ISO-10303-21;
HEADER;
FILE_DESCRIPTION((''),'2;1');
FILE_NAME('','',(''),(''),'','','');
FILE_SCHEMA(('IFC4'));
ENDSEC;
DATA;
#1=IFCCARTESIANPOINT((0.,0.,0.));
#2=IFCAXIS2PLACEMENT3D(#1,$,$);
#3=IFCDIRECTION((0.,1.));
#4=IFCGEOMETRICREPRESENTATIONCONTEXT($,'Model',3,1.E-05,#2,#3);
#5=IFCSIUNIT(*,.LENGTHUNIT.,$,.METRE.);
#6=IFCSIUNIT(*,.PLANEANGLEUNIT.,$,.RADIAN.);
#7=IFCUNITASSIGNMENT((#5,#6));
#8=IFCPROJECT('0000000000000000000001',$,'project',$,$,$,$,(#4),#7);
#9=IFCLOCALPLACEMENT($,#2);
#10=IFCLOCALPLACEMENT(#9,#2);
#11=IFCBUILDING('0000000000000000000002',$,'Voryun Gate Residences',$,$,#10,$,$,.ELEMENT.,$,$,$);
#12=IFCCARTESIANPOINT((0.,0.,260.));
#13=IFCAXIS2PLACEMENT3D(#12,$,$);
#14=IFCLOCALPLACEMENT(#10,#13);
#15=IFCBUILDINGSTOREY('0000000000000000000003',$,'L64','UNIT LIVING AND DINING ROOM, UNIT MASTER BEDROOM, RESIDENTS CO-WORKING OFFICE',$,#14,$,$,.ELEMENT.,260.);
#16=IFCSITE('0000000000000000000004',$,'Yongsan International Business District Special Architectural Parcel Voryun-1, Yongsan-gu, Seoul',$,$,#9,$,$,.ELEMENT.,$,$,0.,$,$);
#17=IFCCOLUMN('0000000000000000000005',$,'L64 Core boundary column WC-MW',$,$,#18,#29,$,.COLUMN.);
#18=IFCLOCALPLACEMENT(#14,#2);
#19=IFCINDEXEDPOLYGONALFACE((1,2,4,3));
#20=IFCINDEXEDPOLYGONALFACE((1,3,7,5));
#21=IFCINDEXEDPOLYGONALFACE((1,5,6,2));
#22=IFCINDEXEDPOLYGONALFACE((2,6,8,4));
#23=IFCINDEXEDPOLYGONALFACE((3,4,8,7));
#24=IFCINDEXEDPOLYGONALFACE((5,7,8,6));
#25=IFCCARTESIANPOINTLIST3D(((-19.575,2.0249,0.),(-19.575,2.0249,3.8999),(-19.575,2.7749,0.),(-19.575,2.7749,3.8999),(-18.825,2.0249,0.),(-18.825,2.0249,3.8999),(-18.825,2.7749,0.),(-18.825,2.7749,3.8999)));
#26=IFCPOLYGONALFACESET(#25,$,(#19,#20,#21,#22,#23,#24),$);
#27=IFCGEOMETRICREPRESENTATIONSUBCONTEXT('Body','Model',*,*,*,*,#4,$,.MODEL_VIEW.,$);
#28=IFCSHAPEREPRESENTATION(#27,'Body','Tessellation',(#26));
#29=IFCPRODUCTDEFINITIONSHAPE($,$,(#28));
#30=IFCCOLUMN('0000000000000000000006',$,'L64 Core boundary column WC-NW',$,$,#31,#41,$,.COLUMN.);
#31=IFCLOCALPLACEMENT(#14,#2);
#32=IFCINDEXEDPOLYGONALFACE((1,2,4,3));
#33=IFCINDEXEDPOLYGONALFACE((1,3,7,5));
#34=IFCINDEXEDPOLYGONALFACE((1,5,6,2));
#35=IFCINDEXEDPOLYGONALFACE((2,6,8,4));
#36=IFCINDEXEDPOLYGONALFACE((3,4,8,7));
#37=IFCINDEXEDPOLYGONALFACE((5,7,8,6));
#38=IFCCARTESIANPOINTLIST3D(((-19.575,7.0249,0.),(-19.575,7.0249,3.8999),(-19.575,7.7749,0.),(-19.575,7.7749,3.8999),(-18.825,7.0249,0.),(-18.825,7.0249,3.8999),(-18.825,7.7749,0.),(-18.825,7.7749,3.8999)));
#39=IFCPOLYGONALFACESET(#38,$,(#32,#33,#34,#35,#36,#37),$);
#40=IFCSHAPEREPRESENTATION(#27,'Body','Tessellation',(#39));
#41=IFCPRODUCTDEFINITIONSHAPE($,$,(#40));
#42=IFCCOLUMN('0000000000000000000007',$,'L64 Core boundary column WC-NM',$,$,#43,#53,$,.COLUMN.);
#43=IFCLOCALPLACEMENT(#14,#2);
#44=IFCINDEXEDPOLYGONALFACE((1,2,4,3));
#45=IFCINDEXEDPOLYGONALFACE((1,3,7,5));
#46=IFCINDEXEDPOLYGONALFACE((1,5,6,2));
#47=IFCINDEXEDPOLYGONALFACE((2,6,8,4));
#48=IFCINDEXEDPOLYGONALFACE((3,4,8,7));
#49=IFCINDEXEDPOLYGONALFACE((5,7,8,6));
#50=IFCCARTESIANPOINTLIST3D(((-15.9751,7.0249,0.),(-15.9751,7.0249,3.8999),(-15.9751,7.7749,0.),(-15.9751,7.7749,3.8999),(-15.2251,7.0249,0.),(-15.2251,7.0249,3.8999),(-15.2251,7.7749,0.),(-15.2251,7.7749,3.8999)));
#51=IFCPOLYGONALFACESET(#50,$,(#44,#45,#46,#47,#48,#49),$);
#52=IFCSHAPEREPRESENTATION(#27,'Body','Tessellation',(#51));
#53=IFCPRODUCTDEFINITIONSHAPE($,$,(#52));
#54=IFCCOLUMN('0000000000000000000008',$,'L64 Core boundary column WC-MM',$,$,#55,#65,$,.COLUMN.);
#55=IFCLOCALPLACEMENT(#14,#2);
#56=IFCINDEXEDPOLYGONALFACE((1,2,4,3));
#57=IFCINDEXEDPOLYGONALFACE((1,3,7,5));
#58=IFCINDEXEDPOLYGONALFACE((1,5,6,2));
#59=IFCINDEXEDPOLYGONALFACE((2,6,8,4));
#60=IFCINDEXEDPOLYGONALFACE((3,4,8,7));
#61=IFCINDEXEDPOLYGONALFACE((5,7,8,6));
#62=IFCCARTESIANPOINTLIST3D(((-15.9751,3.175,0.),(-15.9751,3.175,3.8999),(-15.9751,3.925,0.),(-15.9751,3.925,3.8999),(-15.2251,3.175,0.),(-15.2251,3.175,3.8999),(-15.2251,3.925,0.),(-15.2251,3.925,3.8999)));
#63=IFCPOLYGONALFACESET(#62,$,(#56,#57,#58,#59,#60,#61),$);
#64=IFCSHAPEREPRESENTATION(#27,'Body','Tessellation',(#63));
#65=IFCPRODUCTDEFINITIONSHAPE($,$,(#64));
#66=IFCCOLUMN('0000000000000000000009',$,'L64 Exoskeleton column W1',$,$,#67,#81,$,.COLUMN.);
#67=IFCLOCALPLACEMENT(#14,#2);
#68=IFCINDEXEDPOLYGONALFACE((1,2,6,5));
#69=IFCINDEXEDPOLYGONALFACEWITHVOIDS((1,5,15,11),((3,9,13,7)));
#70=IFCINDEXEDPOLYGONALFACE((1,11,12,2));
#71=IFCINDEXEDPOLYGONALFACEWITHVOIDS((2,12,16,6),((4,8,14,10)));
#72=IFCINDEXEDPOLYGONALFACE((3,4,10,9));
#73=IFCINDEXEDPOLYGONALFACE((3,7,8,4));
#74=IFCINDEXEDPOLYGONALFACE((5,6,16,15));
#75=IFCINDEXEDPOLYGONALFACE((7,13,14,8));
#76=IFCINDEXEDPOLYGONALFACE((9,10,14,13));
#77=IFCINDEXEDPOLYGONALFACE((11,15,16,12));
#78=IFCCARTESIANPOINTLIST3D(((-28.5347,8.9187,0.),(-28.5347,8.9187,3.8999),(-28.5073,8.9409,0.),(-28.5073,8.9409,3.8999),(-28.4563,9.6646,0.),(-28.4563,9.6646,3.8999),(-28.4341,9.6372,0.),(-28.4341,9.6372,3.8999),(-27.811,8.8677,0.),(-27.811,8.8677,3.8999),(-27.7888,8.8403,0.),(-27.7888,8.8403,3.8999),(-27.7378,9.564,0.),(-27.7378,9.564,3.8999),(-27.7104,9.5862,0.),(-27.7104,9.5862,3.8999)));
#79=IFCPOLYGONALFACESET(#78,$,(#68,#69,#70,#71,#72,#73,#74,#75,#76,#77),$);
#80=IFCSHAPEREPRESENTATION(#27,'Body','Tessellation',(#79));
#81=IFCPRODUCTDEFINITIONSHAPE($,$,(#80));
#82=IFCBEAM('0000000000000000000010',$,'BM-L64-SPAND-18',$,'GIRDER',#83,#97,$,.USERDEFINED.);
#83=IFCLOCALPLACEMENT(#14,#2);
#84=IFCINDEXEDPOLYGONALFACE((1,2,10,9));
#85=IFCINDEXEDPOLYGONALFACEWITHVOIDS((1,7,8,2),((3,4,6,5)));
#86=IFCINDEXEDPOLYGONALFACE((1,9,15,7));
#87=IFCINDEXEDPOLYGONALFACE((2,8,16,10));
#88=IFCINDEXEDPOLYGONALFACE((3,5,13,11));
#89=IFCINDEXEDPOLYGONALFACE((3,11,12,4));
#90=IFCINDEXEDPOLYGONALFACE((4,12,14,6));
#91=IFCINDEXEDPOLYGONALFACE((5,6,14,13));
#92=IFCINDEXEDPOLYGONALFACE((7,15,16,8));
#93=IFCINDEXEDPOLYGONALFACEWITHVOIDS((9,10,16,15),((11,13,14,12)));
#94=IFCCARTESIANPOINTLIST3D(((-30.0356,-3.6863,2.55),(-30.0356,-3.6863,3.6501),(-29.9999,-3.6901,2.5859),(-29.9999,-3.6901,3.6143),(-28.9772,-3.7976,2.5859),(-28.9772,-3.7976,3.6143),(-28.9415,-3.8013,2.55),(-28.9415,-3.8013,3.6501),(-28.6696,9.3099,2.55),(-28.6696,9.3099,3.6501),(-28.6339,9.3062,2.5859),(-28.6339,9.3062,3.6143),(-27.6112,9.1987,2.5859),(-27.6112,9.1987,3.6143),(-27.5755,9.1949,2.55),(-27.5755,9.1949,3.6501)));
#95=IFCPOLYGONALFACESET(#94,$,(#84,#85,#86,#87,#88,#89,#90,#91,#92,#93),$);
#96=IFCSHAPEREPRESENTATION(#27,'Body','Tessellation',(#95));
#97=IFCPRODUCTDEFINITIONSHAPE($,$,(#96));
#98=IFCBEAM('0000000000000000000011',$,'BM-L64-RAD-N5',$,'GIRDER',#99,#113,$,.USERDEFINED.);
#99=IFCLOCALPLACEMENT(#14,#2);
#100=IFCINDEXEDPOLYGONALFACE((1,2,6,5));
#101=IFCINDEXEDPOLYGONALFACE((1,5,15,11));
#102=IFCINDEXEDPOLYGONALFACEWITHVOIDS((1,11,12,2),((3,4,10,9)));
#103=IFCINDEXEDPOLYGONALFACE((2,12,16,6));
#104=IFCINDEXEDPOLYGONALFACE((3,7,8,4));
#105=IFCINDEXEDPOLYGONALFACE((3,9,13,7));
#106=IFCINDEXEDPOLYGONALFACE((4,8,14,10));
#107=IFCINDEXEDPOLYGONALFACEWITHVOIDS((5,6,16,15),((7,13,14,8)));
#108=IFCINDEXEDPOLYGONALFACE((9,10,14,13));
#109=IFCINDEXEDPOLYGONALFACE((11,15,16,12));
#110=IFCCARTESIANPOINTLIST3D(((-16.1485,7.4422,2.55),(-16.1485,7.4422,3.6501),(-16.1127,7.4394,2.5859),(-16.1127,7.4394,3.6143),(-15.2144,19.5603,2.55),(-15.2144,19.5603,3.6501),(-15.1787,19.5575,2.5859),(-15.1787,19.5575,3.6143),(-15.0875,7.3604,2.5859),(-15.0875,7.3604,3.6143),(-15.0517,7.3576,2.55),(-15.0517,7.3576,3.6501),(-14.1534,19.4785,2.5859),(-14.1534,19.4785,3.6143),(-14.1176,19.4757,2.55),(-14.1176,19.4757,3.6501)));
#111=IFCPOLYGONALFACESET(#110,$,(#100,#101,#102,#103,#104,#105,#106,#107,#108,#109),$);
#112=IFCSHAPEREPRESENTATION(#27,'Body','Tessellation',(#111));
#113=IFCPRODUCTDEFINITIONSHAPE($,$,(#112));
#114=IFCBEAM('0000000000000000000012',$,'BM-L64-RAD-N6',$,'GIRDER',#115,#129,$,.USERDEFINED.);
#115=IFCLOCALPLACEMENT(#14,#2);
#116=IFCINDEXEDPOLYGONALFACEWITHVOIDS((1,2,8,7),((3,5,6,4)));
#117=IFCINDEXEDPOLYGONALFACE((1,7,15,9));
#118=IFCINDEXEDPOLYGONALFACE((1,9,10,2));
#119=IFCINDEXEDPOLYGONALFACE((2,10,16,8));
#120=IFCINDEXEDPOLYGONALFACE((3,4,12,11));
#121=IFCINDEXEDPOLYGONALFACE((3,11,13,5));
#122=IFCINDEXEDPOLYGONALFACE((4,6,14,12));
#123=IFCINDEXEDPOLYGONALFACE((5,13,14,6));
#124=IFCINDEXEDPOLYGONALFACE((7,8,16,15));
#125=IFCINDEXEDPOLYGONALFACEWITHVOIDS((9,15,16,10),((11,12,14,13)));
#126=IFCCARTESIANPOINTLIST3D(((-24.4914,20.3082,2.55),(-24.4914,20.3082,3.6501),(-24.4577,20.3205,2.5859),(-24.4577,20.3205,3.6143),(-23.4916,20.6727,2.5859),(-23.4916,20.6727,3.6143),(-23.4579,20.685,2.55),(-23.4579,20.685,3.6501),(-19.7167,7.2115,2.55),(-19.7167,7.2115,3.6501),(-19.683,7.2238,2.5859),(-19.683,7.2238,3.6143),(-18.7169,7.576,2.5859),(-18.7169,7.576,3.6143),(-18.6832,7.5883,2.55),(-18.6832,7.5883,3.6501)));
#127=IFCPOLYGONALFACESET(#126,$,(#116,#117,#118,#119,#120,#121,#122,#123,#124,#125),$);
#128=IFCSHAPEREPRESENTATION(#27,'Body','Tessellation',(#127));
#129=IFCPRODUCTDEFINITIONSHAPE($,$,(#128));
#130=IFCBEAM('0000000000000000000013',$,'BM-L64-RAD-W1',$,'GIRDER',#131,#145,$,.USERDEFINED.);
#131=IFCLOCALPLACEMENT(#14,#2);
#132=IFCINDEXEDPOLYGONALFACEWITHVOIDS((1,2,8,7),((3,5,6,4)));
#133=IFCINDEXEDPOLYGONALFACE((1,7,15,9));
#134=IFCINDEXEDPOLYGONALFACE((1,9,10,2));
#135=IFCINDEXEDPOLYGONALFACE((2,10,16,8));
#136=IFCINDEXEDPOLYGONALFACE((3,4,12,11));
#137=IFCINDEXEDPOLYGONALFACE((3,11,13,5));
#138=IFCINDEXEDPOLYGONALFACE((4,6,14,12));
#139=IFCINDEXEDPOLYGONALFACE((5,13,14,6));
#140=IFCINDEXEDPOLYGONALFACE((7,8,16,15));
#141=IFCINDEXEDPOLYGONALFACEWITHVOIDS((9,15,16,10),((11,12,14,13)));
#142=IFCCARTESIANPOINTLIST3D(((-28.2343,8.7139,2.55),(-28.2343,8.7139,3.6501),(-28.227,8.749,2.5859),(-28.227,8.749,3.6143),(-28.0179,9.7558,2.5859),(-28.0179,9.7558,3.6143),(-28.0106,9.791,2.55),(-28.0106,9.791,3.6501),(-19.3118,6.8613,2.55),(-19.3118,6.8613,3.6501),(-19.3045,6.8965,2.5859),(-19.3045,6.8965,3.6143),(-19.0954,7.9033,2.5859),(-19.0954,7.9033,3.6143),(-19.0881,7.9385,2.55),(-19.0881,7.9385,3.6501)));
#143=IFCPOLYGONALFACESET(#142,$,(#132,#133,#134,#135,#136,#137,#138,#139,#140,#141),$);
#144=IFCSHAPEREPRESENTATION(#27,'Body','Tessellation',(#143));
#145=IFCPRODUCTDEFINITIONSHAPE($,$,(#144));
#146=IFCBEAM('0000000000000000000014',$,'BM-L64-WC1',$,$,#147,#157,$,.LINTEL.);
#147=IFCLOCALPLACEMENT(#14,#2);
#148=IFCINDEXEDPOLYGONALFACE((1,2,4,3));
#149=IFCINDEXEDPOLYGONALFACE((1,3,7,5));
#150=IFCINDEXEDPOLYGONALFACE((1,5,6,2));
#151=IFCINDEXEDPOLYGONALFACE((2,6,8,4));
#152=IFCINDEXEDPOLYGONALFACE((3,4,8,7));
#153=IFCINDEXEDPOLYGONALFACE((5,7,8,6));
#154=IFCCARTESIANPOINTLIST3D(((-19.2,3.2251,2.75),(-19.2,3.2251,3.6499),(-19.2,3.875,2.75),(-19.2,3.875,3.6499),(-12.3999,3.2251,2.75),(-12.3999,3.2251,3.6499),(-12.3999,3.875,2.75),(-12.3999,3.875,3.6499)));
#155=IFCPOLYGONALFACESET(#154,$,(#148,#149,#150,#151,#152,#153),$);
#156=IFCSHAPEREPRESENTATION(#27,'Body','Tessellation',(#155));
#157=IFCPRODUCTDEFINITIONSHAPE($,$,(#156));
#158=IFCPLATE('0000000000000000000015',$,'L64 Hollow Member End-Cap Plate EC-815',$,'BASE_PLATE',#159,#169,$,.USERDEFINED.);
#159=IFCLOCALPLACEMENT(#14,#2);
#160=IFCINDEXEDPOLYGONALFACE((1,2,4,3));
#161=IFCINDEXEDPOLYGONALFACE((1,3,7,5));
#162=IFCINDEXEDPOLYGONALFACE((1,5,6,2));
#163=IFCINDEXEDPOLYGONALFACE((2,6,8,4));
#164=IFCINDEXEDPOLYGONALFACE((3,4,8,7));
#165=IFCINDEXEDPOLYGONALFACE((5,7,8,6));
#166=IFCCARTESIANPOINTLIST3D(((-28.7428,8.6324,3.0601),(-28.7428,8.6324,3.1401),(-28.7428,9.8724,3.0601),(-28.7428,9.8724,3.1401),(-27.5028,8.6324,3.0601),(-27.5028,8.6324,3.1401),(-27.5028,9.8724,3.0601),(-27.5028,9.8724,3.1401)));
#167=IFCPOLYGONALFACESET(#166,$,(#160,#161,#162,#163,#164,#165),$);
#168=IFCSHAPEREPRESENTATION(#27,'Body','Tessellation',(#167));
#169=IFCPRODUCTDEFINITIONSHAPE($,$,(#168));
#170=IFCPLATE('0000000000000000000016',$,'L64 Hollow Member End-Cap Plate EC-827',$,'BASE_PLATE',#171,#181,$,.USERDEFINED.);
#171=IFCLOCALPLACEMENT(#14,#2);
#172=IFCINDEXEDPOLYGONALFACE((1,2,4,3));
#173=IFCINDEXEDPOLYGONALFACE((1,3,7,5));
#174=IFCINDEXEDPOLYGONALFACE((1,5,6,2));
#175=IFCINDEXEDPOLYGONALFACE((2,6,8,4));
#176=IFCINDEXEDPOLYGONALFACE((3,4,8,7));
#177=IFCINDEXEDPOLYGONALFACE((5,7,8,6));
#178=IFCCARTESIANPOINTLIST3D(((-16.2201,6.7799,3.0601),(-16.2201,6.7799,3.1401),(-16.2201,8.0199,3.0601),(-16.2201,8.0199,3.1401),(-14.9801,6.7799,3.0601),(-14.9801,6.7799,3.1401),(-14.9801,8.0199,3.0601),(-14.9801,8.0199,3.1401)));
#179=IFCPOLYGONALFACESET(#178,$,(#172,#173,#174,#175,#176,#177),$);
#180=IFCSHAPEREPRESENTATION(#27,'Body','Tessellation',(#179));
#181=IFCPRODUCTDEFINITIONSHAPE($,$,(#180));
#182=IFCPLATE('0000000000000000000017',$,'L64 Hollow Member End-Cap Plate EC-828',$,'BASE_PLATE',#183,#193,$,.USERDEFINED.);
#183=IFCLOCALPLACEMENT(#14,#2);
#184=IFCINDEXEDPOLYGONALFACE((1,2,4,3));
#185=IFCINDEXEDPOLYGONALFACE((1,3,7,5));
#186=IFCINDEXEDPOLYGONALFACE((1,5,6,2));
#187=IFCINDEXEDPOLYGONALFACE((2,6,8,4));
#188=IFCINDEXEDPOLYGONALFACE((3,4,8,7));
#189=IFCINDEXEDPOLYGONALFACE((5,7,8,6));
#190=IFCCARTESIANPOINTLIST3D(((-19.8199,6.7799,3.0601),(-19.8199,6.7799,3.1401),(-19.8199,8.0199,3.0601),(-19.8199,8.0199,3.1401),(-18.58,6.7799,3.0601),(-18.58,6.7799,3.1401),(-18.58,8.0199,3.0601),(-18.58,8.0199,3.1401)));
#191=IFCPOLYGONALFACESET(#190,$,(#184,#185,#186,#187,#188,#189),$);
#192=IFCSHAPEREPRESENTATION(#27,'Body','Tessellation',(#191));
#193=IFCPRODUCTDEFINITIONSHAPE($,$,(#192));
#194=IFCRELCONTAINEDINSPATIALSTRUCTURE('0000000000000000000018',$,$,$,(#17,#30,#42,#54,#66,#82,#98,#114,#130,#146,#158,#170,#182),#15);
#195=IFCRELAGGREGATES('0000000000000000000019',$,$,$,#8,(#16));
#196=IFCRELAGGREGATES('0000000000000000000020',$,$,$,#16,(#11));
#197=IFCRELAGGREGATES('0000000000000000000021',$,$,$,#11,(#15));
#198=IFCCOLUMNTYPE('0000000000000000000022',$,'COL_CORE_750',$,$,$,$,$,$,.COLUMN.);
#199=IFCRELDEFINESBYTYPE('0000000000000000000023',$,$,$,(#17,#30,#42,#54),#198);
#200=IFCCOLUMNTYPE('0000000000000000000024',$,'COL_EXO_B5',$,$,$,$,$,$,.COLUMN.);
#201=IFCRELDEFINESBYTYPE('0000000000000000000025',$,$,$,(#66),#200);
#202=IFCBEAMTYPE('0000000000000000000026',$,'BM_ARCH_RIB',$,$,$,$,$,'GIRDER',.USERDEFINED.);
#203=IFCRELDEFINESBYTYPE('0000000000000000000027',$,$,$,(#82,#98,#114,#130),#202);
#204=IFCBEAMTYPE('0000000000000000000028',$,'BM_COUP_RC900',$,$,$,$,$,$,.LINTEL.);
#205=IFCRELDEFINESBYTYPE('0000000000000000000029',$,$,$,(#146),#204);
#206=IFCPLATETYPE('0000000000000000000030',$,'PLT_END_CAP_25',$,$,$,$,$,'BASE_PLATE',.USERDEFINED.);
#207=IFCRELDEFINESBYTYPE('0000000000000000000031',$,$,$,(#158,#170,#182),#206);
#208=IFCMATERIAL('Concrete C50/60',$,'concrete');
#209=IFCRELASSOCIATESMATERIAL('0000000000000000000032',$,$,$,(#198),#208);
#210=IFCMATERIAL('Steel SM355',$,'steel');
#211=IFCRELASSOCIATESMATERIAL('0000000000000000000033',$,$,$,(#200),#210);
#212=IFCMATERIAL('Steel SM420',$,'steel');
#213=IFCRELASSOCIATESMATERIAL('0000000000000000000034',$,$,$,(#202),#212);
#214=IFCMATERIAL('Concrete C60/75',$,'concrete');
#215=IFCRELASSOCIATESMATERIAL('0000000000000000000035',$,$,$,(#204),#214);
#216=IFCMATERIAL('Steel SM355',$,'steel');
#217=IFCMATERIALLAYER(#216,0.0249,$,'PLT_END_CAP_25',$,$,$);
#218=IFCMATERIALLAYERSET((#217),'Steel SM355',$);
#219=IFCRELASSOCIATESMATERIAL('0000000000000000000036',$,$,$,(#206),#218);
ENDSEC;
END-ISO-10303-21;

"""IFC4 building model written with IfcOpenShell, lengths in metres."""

from ifc_helpers import new_model, si_unit, direction, frame, origin, origin_2d, place, context, subcontext, project, spatial, rectangle, hollow_rectangle, extrude, material, layer, layer_set, material_profile, profile_set, type_object, element, save


model = new_model("IFC4")

# Units and contexts
model_context = context("Model", 3, precision=1e-05, world=origin(), true_north=direction((0.0, 1.0)))
body_context = subcontext(model_context, "Body", "Model", "MODEL_VIEW")
ifc_project = project(units=[si_unit("LENGTHUNIT", "METRE"), si_unit("PLANEANGLEUNIT", "RADIAN")], contexts=[model_context])

# Site, building, storey
site_placement = place(None, origin())
site = spatial("IfcSite", under=ifc_project, at=site_placement, Name="Yongsan International Business District Special Architectural Parcel Voryun-1, Yongsan-gu, Seoul", CompositionType="ELEMENT", RefElevation=0.0)
building_placement = place(site_placement, origin())
building = spatial("IfcBuilding", under=site, at=building_placement, Name="Voryun Gate Residences", CompositionType="ELEMENT")
storey_placement = place(building_placement, frame((0.0, 0.0, 260.0)))
storey = spatial("IfcBuildingStorey", under=building, at=storey_placement, Name="L64", Description="UNIT LIVING AND DINING ROOM, UNIT MASTER BEDROOM, RESIDENTS CO-WORKING OFFICE", CompositionType="ELEMENT", Elevation=260.0)

# Columns
ifc_material_1 = material(Name="Concrete C50/60", Category="concrete")
ifc_material_profile_1 = material_profile(ifc_material_1, rectangle(XDim=0.75, YDim=0.75, at=origin_2d()), Name="RC-750x750")
ifc_profile_set_1 = profile_set([ifc_material_profile_1], Name="Concrete C50/60")
column_type_1 = type_object("IfcColumnType", Name="COL_CORE_750", PredefinedType="COLUMN", material=ifc_profile_set_1)
for number, where, z_axis, x_axis, name in (
    (1, (-19.2, 2.3999, 0.0), (0.0, 0.0, 1.0), (1.0, 0.0, 0.0), "L64 Core boundary column WC-MW"),
    (2, (-19.2, 7.3999, 0.0), (0.0, 0.0, 1.0), (1.0, 0.0, 0.0), "L64 Core boundary column WC-NW"),
    (3, (-15.6001, 7.3999, 0.0), (0.0, 0.0, 1.0), (1.0, 0.0, 0.0), "L64 Core boundary column WC-NM"),
    (4, (-15.6001, 3.55, 0.0), (0.0, 0.0, 1.0), (1.0, 0.0, 0.0), "L64 Core boundary column WC-MM"),
):
    element("IfcColumn", number, at=place(storey_placement, frame(where, z_axis=z_axis, x_axis=x_axis)), inside=storey, type_object=column_type_1, Name=name, PredefinedType="COLUMN", context=body_context, shape_type="SweptSolid", body=[
        extrude(rectangle(XDim=0.75, YDim=0.75, at=origin_2d()), origin(), (0.0, 0.0, 1.0), 3.8999),
    ])
ifc_material_2 = material(Name="Steel SM355", Category="steel")
ifc_material_profile_2 = material_profile(ifc_material_2, hollow_rectangle(XDim=0.75, YDim=0.75, WallThickness=0.0249, at=origin_2d()), Name="BOX-750x750x25")
ifc_profile_set_2 = profile_set([ifc_material_profile_2], Name="Steel SM355")
column_type_2 = type_object("IfcColumnType", Name="COL_EXO_B5", PredefinedType="COLUMN", material=ifc_profile_set_2)
column_placement = place(storey_placement, frame((-28.1226, 9.2524, 0.0), z_axis=(0.0, 0.0, 1.0), x_axis=(0.994522, -0.104528, 0.0)))
element("IfcColumn", 5, at=column_placement, inside=storey, type_object=column_type_2, Name="L64 Exoskeleton column W1", PredefinedType="COLUMN", context=body_context, shape_type="SweptSolid", body=[
    extrude(hollow_rectangle(XDim=0.75, YDim=0.75, WallThickness=0.0249, at=origin_2d()), origin(), (0.0, 0.0, 1.0), 3.8999),
])

# Beams
ifc_material_3 = material(Name="Steel SM420", Category="steel")
ifc_material_profile_3 = material_profile(ifc_material_3, hollow_rectangle(XDim=1.1001, YDim=1.1001, WallThickness=0.0359, at=origin_2d()), Name="BOX-1100x1100x36")
ifc_profile_set_3 = profile_set([ifc_material_profile_3], Name="Steel SM420")
beam_type_1 = type_object("IfcBeamType", Name="BM_ARCH_RIB", ElementType="GIRDER", PredefinedType="USERDEFINED", material=ifc_profile_set_3)
beam_1_placement = place(storey_placement, frame((-28.1226, 9.2524, 3.1001), z_axis=(-0.104528, -0.994522, 0.0), x_axis=(0.994522, -0.104528, 0.0)))
element("IfcBeam", 6, at=beam_1_placement, inside=storey, type_object=beam_type_1, Name="BM-L64-SPAND-18", ObjectType="GIRDER", PredefinedType="USERDEFINED", context=body_context, shape_type="SweptSolid", body=[
    extrude(hollow_rectangle(XDim=1.1001, YDim=1.1001, WallThickness=0.0359, at=origin_2d()), origin(), (0.0, 0.0, 1.0), 13.0679),
])
beam_2_placement = place(storey_placement, frame((-15.6001, 7.3999, 3.1001), z_axis=(0.076853, 0.997042, 0.0), x_axis=(-0.997042, 0.076853, 0.0)))
element("IfcBeam", 7, at=beam_2_placement, inside=storey, type_object=beam_type_1, Name="BM-L64-RAD-N5", ObjectType="GIRDER", PredefinedType="USERDEFINED", context=body_context, shape_type="SweptSolid", body=[
    extrude(hollow_rectangle(XDim=1.1001, YDim=1.1001, WallThickness=0.0359, at=origin_2d()), origin(), (0.0, 0.0, 1.0), 12.1541),
])
beam_3_placement = place(storey_placement, frame((-19.2, 7.3999, 3.1001), z_axis=(-0.342518, 0.939511, 0.0), x_axis=(-0.939511, -0.342518, 0.0)))
element("IfcBeam", 8, at=beam_3_placement, inside=storey, type_object=beam_type_1, Name="BM-L64-RAD-N6", ObjectType="GIRDER", PredefinedType="USERDEFINED", context=body_context, shape_type="SweptSolid", body=[
    extrude(hollow_rectangle(XDim=1.1001, YDim=1.1001, WallThickness=0.0359, at=origin_2d()), origin(), (0.0, 0.0, 1.0), 13.9399),
])
beam_4_placement = place(storey_placement, frame((-19.2, 7.3999, 3.1001), z_axis=(-0.979119, 0.203288, 0.0), x_axis=(-0.203288, -0.979119, 0.0)))
element("IfcBeam", 9, at=beam_4_placement, inside=storey, type_object=beam_type_1, Name="BM-L64-RAD-W1", ObjectType="GIRDER", PredefinedType="USERDEFINED", context=body_context, shape_type="SweptSolid", body=[
    extrude(hollow_rectangle(XDim=1.1001, YDim=1.1001, WallThickness=0.0359, at=origin_2d()), origin(), (0.0, 0.0, 1.0), 9.1128),
])
ifc_material_4 = material(Name="Concrete C60/75", Category="concrete")
ifc_material_profile_4 = material_profile(ifc_material_4, rectangle(XDim=0.6499, YDim=0.8999, at=origin_2d()), Name="RC-650x900")
ifc_profile_set_4 = profile_set([ifc_material_profile_4], Name="Concrete C60/75")
beam_type_2 = type_object("IfcBeamType", Name="BM_COUP_RC900", PredefinedType="LINTEL", material=ifc_profile_set_4)
beam_5_placement = place(storey_placement, frame((-19.2, 3.55, 3.2), z_axis=(1.0, 0.0, 0.0), x_axis=(0.0, 1.0, 0.0)))
element("IfcBeam", 10, at=beam_5_placement, inside=storey, type_object=beam_type_2, Name="BM-L64-WC1", PredefinedType="LINTEL", context=body_context, shape_type="SweptSolid", body=[
    extrude(rectangle(XDim=0.6499, YDim=0.8999, at=origin_2d()), origin(), (0.0, 0.0, 1.0), 6.8),
])

# Plates
ifc_material_5 = material(Name="Steel SM355", Category="steel")
ifc_layer_1 = layer(ifc_material_5, 0.0249, Name="PLT_END_CAP_25")
ifc_layer_set_1 = layer_set([ifc_layer_1], Name="Steel SM355")
plate_type = type_object("IfcPlateType", Name="PLT_END_CAP_25", ElementType="BASE_PLATE", PredefinedType="USERDEFINED", material=ifc_layer_set_1)
for number, where, z_axis, x_axis, name in (
    (11, (-28.1228, 9.2524, 3.0601), (0.0, 0.0, 1.0), (1.0, 0.0, 0.0), "L64 Hollow Member End-Cap Plate EC-815"),
    (12, (-15.6001, 7.3999, 3.0601), (0.0, 0.0, 1.0), (1.0, 0.0, 0.0), "L64 Hollow Member End-Cap Plate EC-827"),
    (13, (-19.2, 7.3999, 3.0601), (0.0, 0.0, 1.0), (1.0, 0.0, 0.0), "L64 Hollow Member End-Cap Plate EC-828"),
):
    element("IfcPlate", number, at=place(storey_placement, frame(where, z_axis=z_axis, x_axis=x_axis)), inside=storey, type_object=plate_type, Name=name, ObjectType="BASE_PLATE", PredefinedType="USERDEFINED", context=body_context, shape_type="SweptSolid", body=[
        extrude(rectangle(XDim=1.24, YDim=1.24, at=origin_2d()), origin(), (0.0, 0.0, 1.0), 0.0801),
    ])

save(model, "model.ifc")
